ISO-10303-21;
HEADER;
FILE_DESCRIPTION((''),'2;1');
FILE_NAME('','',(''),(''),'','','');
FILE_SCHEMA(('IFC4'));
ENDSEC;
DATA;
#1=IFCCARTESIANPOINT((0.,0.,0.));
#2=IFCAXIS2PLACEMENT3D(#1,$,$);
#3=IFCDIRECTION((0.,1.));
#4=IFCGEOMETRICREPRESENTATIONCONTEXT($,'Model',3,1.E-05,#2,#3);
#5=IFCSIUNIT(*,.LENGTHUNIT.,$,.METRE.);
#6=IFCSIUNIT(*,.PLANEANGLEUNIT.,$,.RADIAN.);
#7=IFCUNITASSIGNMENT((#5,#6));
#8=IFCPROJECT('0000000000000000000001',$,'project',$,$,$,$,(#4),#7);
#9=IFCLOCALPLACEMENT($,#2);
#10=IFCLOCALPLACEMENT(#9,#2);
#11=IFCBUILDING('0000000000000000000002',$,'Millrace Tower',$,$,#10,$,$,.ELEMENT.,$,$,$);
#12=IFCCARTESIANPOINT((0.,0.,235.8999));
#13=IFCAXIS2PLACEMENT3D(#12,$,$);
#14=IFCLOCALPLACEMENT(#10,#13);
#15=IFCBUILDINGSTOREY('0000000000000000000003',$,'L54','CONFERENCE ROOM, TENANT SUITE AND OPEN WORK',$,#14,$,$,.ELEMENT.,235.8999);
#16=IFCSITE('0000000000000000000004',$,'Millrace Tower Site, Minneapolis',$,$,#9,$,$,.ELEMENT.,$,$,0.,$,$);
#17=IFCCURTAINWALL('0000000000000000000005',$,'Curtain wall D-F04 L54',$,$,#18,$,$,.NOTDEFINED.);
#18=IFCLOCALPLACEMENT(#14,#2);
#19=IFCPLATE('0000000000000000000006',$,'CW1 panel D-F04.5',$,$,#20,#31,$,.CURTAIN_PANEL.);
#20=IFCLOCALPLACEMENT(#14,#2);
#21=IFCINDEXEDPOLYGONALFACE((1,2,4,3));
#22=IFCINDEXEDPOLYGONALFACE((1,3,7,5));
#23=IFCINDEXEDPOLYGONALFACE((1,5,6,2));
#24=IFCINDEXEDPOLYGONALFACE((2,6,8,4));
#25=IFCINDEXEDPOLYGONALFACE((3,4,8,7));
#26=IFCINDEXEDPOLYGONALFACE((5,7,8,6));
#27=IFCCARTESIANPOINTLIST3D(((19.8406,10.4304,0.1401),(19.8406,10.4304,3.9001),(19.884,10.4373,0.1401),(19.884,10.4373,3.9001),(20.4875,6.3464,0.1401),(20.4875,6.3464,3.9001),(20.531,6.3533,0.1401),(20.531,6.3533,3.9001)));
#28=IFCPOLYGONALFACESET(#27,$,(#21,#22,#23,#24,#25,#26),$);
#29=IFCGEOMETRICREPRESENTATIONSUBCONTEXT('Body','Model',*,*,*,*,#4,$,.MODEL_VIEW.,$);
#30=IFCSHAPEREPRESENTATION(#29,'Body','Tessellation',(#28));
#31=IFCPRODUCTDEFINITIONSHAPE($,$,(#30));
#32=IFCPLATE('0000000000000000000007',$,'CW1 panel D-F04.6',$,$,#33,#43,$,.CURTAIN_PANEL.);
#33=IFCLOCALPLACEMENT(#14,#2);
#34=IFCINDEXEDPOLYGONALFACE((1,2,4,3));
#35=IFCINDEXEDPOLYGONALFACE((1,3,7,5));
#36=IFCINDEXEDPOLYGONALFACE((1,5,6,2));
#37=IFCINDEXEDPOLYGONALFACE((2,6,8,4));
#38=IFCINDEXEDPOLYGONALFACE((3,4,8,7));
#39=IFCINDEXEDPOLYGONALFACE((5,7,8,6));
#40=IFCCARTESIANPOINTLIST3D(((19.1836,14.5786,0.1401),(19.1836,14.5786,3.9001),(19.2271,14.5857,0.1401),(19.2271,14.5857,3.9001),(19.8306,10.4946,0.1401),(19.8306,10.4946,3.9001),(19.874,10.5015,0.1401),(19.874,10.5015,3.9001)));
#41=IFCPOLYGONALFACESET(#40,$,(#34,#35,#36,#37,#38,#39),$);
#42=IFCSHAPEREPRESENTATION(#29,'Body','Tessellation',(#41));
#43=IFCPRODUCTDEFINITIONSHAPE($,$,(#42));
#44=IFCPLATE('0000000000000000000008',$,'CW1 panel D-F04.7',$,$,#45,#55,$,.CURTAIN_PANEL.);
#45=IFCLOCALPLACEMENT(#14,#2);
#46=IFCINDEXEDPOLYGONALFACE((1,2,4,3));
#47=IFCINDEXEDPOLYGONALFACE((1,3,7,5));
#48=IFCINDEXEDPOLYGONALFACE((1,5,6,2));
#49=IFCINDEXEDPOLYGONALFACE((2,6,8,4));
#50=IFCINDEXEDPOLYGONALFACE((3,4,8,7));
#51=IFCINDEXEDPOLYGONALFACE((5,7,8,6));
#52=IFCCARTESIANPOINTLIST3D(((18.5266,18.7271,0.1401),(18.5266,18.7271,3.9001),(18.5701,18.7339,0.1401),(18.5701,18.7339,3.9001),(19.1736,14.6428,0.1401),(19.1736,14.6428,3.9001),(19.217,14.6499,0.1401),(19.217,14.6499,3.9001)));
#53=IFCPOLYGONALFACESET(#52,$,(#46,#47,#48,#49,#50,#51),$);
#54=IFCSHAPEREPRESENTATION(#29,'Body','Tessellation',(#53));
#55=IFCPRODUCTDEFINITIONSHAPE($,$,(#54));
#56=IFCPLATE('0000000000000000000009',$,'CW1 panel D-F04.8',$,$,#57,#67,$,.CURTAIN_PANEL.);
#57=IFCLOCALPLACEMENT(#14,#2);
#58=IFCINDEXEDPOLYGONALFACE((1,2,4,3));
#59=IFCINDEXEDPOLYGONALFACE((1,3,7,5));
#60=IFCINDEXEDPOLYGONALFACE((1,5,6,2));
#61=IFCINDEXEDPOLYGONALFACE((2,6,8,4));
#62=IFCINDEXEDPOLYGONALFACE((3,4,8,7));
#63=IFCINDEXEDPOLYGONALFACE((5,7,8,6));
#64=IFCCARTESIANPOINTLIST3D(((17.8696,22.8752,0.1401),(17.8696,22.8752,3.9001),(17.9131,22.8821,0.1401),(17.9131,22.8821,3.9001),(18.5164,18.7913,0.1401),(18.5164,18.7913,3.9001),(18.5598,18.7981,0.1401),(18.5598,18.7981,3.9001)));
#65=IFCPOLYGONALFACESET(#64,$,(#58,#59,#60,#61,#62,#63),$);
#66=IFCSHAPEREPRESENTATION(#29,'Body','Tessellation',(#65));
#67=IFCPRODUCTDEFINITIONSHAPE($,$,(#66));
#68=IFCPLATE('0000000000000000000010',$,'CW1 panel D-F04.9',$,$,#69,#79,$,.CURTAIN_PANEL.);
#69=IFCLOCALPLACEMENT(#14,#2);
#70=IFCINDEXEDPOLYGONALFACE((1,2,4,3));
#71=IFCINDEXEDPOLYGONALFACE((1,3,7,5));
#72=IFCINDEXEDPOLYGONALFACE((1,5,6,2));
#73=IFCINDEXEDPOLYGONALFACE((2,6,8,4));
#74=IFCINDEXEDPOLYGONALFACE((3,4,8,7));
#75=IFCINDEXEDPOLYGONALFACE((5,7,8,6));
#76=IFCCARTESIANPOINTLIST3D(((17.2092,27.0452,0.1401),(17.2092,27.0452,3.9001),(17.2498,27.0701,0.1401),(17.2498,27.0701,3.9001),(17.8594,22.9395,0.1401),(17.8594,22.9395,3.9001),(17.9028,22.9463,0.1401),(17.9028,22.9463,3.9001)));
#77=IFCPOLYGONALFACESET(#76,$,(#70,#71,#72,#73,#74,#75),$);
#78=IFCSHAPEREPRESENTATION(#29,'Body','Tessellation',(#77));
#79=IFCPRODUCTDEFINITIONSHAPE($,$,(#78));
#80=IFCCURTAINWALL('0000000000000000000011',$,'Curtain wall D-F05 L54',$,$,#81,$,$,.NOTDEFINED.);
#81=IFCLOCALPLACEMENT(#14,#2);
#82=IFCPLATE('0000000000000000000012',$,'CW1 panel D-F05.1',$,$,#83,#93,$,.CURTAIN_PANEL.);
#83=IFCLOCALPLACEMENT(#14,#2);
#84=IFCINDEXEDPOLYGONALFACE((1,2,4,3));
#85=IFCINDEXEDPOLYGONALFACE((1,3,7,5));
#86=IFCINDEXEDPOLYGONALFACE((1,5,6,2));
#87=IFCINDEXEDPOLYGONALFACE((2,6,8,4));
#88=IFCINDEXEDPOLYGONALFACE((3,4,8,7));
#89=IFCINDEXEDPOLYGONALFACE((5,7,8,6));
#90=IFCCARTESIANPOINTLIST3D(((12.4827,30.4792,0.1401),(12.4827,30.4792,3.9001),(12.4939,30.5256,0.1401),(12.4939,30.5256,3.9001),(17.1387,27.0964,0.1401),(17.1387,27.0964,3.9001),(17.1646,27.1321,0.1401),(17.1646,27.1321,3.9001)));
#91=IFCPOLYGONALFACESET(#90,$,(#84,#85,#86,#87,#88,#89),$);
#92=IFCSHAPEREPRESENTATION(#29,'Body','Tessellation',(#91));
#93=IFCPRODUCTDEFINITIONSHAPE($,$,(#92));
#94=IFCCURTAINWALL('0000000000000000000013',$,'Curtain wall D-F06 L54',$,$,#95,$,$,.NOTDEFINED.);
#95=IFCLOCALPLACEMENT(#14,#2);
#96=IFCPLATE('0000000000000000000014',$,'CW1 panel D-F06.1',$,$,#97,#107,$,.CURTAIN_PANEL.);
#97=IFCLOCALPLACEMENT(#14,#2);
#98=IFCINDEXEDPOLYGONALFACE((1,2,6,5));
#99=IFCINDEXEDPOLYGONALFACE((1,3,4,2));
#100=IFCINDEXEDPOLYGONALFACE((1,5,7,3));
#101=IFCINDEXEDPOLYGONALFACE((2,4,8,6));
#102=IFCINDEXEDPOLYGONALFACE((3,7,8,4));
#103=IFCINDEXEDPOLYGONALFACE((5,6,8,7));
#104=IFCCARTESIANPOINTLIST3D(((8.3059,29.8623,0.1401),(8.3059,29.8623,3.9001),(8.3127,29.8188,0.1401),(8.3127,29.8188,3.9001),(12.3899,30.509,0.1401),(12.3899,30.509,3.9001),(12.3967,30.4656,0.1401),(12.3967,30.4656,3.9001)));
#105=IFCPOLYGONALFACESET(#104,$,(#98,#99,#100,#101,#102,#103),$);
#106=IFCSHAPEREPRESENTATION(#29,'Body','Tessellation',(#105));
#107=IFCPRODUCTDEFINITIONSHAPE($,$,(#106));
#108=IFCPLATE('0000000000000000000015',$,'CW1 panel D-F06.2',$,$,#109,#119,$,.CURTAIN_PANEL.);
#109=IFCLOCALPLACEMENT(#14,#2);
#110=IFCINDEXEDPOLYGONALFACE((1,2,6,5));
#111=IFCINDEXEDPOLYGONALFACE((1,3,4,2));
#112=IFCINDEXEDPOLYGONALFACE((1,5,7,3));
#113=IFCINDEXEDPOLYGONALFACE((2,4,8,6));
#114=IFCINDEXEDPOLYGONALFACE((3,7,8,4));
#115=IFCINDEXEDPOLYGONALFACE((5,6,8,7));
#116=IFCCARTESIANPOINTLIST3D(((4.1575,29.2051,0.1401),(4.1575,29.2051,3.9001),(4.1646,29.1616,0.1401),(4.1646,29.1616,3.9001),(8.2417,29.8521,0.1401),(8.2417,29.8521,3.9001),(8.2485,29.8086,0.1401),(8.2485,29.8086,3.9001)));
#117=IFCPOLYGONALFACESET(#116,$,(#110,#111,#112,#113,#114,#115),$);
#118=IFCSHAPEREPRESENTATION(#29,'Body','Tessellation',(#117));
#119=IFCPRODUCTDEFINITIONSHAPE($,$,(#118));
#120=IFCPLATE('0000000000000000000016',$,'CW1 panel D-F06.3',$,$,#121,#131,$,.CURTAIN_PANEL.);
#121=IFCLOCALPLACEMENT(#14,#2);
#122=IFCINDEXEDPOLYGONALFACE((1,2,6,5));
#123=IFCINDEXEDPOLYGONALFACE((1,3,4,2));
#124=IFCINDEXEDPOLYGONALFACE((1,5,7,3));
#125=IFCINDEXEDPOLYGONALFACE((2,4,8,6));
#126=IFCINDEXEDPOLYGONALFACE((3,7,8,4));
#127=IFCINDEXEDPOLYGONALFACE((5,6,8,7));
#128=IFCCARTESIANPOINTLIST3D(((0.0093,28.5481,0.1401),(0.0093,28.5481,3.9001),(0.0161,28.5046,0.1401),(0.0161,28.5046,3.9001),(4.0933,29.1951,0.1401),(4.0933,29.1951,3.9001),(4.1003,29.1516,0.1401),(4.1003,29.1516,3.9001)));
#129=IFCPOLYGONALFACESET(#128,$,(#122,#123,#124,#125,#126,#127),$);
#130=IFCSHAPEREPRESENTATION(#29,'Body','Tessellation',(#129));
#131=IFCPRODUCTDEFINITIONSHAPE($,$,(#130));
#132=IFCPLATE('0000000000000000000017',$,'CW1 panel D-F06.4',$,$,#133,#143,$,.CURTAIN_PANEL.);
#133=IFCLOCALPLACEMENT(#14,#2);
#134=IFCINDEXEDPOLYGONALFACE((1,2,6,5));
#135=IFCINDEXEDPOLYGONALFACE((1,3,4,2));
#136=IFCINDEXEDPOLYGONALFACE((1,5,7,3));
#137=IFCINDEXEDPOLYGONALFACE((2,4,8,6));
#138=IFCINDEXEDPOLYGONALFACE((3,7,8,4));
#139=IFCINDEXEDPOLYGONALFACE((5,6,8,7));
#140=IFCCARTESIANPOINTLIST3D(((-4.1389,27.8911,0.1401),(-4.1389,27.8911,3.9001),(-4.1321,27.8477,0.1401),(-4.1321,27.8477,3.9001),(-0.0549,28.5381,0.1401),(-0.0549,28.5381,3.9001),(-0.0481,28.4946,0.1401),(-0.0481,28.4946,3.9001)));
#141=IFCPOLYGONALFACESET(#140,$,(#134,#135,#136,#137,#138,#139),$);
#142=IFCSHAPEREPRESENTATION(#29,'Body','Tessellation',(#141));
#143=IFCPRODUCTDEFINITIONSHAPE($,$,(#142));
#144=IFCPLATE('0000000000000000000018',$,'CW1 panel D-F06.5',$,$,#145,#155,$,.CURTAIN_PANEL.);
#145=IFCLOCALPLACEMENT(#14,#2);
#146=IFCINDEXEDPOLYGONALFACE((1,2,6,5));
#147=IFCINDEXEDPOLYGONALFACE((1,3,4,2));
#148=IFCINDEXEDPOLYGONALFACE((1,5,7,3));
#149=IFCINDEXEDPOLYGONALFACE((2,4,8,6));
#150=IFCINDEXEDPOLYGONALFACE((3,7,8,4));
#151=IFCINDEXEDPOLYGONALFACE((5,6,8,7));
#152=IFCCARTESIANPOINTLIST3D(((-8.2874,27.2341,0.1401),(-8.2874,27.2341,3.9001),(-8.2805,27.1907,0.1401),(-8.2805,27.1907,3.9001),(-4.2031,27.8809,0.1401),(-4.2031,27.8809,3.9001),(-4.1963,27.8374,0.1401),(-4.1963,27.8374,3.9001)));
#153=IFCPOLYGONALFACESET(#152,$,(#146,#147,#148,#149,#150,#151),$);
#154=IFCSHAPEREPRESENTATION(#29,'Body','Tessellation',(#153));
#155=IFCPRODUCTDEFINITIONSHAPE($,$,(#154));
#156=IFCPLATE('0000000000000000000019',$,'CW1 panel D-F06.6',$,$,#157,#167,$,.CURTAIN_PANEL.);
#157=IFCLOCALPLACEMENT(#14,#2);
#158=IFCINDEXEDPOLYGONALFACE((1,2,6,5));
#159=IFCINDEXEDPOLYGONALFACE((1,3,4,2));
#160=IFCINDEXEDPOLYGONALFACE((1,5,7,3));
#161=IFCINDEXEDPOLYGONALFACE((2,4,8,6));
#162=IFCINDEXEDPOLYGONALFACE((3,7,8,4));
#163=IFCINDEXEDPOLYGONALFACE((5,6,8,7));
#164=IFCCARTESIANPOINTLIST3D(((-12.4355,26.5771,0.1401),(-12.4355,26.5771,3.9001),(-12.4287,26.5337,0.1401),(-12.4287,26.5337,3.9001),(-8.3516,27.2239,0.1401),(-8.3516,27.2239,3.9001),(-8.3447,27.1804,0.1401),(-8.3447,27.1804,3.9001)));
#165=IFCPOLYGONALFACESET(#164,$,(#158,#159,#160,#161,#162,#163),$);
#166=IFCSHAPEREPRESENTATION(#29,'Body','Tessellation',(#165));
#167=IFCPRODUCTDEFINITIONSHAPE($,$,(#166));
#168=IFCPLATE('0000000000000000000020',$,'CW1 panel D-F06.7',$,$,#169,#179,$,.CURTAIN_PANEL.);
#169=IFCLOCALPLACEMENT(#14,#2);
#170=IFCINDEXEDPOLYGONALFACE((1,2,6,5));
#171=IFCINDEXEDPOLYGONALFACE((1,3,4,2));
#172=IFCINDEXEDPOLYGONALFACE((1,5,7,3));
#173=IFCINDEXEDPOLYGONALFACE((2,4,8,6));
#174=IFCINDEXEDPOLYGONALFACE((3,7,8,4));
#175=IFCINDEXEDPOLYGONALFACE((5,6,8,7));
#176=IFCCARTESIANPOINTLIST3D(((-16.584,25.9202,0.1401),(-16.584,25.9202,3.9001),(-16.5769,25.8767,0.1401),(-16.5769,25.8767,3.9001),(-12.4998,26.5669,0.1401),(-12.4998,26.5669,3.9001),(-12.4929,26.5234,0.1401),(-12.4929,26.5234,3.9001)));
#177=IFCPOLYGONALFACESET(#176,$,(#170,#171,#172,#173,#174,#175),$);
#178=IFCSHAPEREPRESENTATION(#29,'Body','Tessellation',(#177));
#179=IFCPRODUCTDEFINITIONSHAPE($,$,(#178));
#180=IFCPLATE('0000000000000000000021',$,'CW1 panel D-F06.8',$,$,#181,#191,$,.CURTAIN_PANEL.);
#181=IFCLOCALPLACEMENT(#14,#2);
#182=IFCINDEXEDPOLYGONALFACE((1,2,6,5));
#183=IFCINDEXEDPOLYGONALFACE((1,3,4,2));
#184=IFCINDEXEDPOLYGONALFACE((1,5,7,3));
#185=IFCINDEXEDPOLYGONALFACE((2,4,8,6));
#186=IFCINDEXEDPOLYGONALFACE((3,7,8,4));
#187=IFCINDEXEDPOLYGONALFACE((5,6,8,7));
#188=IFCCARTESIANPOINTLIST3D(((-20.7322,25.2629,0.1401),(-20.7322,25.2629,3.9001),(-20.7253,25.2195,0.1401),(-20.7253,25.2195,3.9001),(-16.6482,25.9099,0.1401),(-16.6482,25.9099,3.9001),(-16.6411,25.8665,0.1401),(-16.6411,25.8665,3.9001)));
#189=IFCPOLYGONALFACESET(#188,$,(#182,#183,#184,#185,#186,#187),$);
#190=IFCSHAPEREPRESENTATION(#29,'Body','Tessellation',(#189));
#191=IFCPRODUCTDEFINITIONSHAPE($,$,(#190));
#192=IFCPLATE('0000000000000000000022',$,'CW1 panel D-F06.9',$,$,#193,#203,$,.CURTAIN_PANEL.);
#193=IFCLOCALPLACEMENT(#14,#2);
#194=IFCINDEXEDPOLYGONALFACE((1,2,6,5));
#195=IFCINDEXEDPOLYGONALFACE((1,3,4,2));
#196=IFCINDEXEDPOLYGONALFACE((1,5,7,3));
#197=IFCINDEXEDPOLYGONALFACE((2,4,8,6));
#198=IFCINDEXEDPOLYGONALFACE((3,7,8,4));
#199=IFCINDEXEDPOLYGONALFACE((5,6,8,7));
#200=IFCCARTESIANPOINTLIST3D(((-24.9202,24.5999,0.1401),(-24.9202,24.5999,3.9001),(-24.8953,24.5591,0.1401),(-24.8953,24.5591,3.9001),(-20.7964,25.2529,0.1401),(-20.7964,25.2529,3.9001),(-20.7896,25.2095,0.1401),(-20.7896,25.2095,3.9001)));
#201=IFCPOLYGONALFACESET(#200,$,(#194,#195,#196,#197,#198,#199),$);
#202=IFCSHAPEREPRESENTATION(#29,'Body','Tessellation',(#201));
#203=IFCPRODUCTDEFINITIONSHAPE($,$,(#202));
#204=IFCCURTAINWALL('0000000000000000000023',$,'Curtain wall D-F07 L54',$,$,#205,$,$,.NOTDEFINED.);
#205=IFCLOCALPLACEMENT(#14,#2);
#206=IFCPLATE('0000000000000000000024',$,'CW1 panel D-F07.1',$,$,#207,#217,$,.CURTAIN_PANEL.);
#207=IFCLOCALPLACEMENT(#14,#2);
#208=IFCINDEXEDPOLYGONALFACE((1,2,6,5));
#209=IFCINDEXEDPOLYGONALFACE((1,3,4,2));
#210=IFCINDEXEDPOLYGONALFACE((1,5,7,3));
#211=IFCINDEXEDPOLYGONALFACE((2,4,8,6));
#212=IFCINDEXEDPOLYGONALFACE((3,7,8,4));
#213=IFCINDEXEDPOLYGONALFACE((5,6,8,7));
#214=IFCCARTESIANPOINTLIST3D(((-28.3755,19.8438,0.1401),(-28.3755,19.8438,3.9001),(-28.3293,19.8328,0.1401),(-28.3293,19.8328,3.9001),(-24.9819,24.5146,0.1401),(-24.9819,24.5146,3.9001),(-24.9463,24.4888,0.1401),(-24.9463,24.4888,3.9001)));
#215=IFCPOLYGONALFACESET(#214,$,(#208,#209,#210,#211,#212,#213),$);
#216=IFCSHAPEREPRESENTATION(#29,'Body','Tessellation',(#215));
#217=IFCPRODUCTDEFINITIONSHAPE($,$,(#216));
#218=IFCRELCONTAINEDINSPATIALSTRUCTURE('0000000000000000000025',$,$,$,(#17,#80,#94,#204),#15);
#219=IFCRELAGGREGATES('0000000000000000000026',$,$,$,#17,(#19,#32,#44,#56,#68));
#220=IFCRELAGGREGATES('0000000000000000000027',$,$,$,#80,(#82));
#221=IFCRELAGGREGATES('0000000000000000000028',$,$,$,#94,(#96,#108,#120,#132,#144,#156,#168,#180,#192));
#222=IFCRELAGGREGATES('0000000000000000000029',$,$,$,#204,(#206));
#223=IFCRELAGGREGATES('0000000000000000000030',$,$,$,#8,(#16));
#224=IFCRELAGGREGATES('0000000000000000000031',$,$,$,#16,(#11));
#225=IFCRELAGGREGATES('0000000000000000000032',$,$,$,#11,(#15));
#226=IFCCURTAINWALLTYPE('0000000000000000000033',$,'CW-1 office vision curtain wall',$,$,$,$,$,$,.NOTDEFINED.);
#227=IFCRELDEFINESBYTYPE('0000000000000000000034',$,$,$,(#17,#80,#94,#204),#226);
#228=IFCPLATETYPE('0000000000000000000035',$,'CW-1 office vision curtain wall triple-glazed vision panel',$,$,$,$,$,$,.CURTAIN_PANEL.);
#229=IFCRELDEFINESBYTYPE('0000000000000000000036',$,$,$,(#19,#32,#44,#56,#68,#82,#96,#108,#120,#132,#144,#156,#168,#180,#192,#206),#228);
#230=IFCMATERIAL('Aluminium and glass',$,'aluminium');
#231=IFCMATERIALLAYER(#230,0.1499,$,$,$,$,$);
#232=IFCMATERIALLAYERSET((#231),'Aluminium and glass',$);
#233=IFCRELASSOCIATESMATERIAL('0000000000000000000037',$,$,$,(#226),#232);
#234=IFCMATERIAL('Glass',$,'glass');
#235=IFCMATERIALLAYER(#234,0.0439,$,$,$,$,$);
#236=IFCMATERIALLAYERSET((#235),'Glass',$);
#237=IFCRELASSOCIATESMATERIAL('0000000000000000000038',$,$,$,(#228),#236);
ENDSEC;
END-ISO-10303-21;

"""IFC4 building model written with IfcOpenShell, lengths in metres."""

from ifc_helpers import new_model, si_unit, direction, frame, origin, place, context, subcontext, project, spatial, polyline, outline, extrude, material, layer, layer_set, type_object, element, aggregate, save


model = new_model("IFC4")

# Units and contexts
model_context = context("Model", 3, precision=1e-05, world=origin(), true_north=direction((0.0, 1.0)))
body_context = subcontext(model_context, "Body", "Model", "MODEL_VIEW")
ifc_project = project(units=[si_unit("LENGTHUNIT", "METRE"), si_unit("PLANEANGLEUNIT", "RADIAN")], contexts=[model_context])

# Site, building, storey
site_placement = place(None, origin())
site = spatial("IfcSite", under=ifc_project, at=site_placement, Name="Millrace Tower Site, Minneapolis", CompositionType="ELEMENT", RefElevation=0.0)
building_placement = place(site_placement, origin())
building = spatial("IfcBuilding", under=site, at=building_placement, Name="Millrace Tower", CompositionType="ELEMENT")
storey_placement = place(building_placement, frame((0.0, 0.0, 235.8999)))
storey = spatial("IfcBuildingStorey", under=building, at=storey_placement, Name="L54", Description="CONFERENCE ROOM, TENANT SUITE AND OPEN WORK", CompositionType="ELEMENT", Elevation=235.8999)

# Curtain wall, plates
ifc_material_1 = material(Name="Aluminium and glass", Category="aluminium")
ifc_layer_1 = layer(ifc_material_1, 0.1499)
ifc_layer_set_1 = layer_set([ifc_layer_1], Name="Aluminium and glass")
curtain_wall_type = type_object("IfcCurtainWallType", Name="CW-1 office vision curtain wall", PredefinedType="NOTDEFINED", material=ifc_layer_set_1)
placement_1 = place(storey_placement, origin())
curtain_wall_1 = element("IfcCurtainWall", 1, at=placement_1, inside=storey, type_object=curtain_wall_type, Name="Curtain wall D-F04 L54", PredefinedType="NOTDEFINED")
ifc_material_2 = material(Name="Glass", Category="glass")
ifc_layer_2 = layer(ifc_material_2, 0.0439)
ifc_layer_set_2 = layer_set([ifc_layer_2], Name="Glass")
plate_type = type_object("IfcPlateType", Name="CW-1 office vision curtain wall triple-glazed vision panel", PredefinedType="CURTAIN_PANEL", material=ifc_layer_set_2)
placement_2 = place(storey_placement, frame((0.0, 0.0, 0.1401)))
plate_1 = element("IfcPlate", 2, at=placement_2, type_object=plate_type, Name="CW1 panel D-F04.5", PredefinedType="CURTAIN_PANEL", context=body_context, shape_type="SweptSolid", body=[
    extrude(outline(polyline([(20.531, 6.3533), (19.884, 10.4373), (19.8406, 10.4304), (20.4875, 6.3464), (20.531, 6.3533)])), origin(), (0.0, 0.0, 1.0), 3.76),
])
plate_2 = element("IfcPlate", 3, at=placement_2, type_object=plate_type, Name="CW1 panel D-F04.6", PredefinedType="CURTAIN_PANEL", context=body_context, shape_type="SweptSolid", body=[
    extrude(outline(polyline([(19.874, 10.5015), (19.2271, 14.5857), (19.1836, 14.5786), (19.8306, 10.4946), (19.874, 10.5015)])), origin(), (0.0, 0.0, 1.0), 3.76),
])
plate_3 = element("IfcPlate", 4, at=placement_2, type_object=plate_type, Name="CW1 panel D-F04.7", PredefinedType="CURTAIN_PANEL", context=body_context, shape_type="SweptSolid", body=[
    extrude(outline(polyline([(19.217, 14.6499), (18.5701, 18.7339), (18.5266, 18.7271), (19.1736, 14.6428), (19.217, 14.6499)])), origin(), (0.0, 0.0, 1.0), 3.76),
])
plate_4 = element("IfcPlate", 5, at=placement_2, type_object=plate_type, Name="CW1 panel D-F04.8", PredefinedType="CURTAIN_PANEL", context=body_context, shape_type="SweptSolid", body=[
    extrude(outline(polyline([(18.5598, 18.7981), (17.9131, 22.8821), (17.8696, 22.8752), (18.5164, 18.7913), (18.5598, 18.7981)])), origin(), (0.0, 0.0, 1.0), 3.76),
])
plate_5 = element("IfcPlate", 6, at=placement_2, type_object=plate_type, Name="CW1 panel D-F04.9", PredefinedType="CURTAIN_PANEL", context=body_context, shape_type="SweptSolid", body=[
    extrude(outline(polyline([(17.9028, 22.9463), (17.2498, 27.0701), (17.2092, 27.0452), (17.8594, 22.9395), (17.9028, 22.9463)])), origin(), (0.0, 0.0, 1.0), 3.76),
])
aggregate(curtain_wall_1, [plate_1, plate_2, plate_3, plate_4, plate_5])

# Curtain wall, plate
curtain_wall_2 = element("IfcCurtainWall", 7, at=placement_1, inside=storey, type_object=curtain_wall_type, Name="Curtain wall D-F05 L54", PredefinedType="NOTDEFINED")
plate_6 = element("IfcPlate", 8, at=placement_2, type_object=plate_type, Name="CW1 panel D-F05.1", PredefinedType="CURTAIN_PANEL", context=body_context, shape_type="SweptSolid", body=[
    extrude(outline(polyline([(17.1646, 27.1321), (12.4939, 30.5256), (12.4827, 30.4792), (17.1387, 27.0964), (17.1646, 27.1321)])), origin(), (0.0, 0.0, 1.0), 3.76),
])
aggregate(curtain_wall_2, [plate_6])

# Curtain wall, plates
curtain_wall_3 = element("IfcCurtainWall", 9, at=placement_1, inside=storey, type_object=curtain_wall_type, Name="Curtain wall D-F06 L54", PredefinedType="NOTDEFINED")
plate_7 = element("IfcPlate", 10, at=placement_2, type_object=plate_type, Name="CW1 panel D-F06.1", PredefinedType="CURTAIN_PANEL", context=body_context, shape_type="SweptSolid", body=[
    extrude(outline(polyline([(12.3899, 30.509), (8.3059, 29.8623), (8.3127, 29.8188), (12.3967, 30.4656), (12.3899, 30.509)])), origin(), (0.0, 0.0, 1.0), 3.76),
])
plate_8 = element("IfcPlate", 11, at=placement_2, type_object=plate_type, Name="CW1 panel D-F06.2", PredefinedType="CURTAIN_PANEL", context=body_context, shape_type="SweptSolid", body=[
    extrude(outline(polyline([(8.2417, 29.8521), (4.1575, 29.2051), (4.1646, 29.1616), (8.2485, 29.8086), (8.2417, 29.8521)])), origin(), (0.0, 0.0, 1.0), 3.76),
])
plate_9 = element("IfcPlate", 12, at=placement_2, type_object=plate_type, Name="CW1 panel D-F06.3", PredefinedType="CURTAIN_PANEL", context=body_context, shape_type="SweptSolid", body=[
    extrude(outline(polyline([(4.0933, 29.1951), (0.0093, 28.5481), (0.0161, 28.5046), (4.1003, 29.1516), (4.0933, 29.1951)])), origin(), (0.0, 0.0, 1.0), 3.76),
])
plate_10 = element("IfcPlate", 13, at=placement_2, type_object=plate_type, Name="CW1 panel D-F06.4", PredefinedType="CURTAIN_PANEL", context=body_context, shape_type="SweptSolid", body=[
    extrude(outline(polyline([(-0.0549, 28.5381), (-4.1389, 27.8911), (-4.1321, 27.8477), (-0.0481, 28.4946), (-0.0549, 28.5381)])), origin(), (0.0, 0.0, 1.0), 3.76),
])
plate_11 = element("IfcPlate", 14, at=placement_2, type_object=plate_type, Name="CW1 panel D-F06.5", PredefinedType="CURTAIN_PANEL", context=body_context, shape_type="SweptSolid", body=[
    extrude(outline(polyline([(-4.2031, 27.8809), (-8.2874, 27.2341), (-8.2805, 27.1907), (-4.1963, 27.8374), (-4.2031, 27.8809)])), origin(), (0.0, 0.0, 1.0), 3.76),
])
plate_12 = element("IfcPlate", 15, at=placement_2, type_object=plate_type, Name="CW1 panel D-F06.6", PredefinedType="CURTAIN_PANEL", context=body_context, shape_type="SweptSolid", body=[
    extrude(outline(polyline([(-8.3516, 27.2239), (-12.4355, 26.5771), (-12.4287, 26.5337), (-8.3447, 27.1804), (-8.3516, 27.2239)])), origin(), (0.0, 0.0, 1.0), 3.76),
])
plate_13 = element("IfcPlate", 16, at=placement_2, type_object=plate_type, Name="CW1 panel D-F06.7", PredefinedType="CURTAIN_PANEL", context=body_context, shape_type="SweptSolid", body=[
    extrude(outline(polyline([(-12.4998, 26.5669), (-16.584, 25.9202), (-16.5769, 25.8767), (-12.4929, 26.5234), (-12.4998, 26.5669)])), origin(), (0.0, 0.0, 1.0), 3.76),
])
plate_14 = element("IfcPlate", 17, at=placement_2, type_object=plate_type, Name="CW1 panel D-F06.8", PredefinedType="CURTAIN_PANEL", context=body_context, shape_type="SweptSolid", body=[
    extrude(outline(polyline([(-16.6482, 25.9099), (-20.7322, 25.2629), (-20.7253, 25.2195), (-16.6411, 25.8665), (-16.6482, 25.9099)])), origin(), (0.0, 0.0, 1.0), 3.76),
])
plate_15 = element("IfcPlate", 18, at=placement_2, type_object=plate_type, Name="CW1 panel D-F06.9", PredefinedType="CURTAIN_PANEL", context=body_context, shape_type="SweptSolid", body=[
    extrude(outline(polyline([(-20.7964, 25.2529), (-24.9202, 24.5999), (-24.8953, 24.5591), (-20.7896, 25.2095), (-20.7964, 25.2529)])), origin(), (0.0, 0.0, 1.0), 3.76),
])
aggregate(curtain_wall_3, [plate_7, plate_8, plate_9, plate_10, plate_11, plate_12, plate_13, plate_14, plate_15])

# Curtain wall, plate
curtain_wall_4 = element("IfcCurtainWall", 19, at=placement_1, inside=storey, type_object=curtain_wall_type, Name="Curtain wall D-F07 L54", PredefinedType="NOTDEFINED")
plate_16 = element("IfcPlate", 20, at=placement_2, type_object=plate_type, Name="CW1 panel D-F07.1", PredefinedType="CURTAIN_PANEL", context=body_context, shape_type="SweptSolid", body=[
    extrude(outline(polyline([(-24.9819, 24.5146), (-28.3755, 19.8438), (-28.3293, 19.8328), (-24.9463, 24.4888), (-24.9819, 24.5146)])), origin(), (0.0, 0.0, 1.0), 3.76),
])
aggregate(curtain_wall_4, [plate_16])

save(model, "model.ifc")
